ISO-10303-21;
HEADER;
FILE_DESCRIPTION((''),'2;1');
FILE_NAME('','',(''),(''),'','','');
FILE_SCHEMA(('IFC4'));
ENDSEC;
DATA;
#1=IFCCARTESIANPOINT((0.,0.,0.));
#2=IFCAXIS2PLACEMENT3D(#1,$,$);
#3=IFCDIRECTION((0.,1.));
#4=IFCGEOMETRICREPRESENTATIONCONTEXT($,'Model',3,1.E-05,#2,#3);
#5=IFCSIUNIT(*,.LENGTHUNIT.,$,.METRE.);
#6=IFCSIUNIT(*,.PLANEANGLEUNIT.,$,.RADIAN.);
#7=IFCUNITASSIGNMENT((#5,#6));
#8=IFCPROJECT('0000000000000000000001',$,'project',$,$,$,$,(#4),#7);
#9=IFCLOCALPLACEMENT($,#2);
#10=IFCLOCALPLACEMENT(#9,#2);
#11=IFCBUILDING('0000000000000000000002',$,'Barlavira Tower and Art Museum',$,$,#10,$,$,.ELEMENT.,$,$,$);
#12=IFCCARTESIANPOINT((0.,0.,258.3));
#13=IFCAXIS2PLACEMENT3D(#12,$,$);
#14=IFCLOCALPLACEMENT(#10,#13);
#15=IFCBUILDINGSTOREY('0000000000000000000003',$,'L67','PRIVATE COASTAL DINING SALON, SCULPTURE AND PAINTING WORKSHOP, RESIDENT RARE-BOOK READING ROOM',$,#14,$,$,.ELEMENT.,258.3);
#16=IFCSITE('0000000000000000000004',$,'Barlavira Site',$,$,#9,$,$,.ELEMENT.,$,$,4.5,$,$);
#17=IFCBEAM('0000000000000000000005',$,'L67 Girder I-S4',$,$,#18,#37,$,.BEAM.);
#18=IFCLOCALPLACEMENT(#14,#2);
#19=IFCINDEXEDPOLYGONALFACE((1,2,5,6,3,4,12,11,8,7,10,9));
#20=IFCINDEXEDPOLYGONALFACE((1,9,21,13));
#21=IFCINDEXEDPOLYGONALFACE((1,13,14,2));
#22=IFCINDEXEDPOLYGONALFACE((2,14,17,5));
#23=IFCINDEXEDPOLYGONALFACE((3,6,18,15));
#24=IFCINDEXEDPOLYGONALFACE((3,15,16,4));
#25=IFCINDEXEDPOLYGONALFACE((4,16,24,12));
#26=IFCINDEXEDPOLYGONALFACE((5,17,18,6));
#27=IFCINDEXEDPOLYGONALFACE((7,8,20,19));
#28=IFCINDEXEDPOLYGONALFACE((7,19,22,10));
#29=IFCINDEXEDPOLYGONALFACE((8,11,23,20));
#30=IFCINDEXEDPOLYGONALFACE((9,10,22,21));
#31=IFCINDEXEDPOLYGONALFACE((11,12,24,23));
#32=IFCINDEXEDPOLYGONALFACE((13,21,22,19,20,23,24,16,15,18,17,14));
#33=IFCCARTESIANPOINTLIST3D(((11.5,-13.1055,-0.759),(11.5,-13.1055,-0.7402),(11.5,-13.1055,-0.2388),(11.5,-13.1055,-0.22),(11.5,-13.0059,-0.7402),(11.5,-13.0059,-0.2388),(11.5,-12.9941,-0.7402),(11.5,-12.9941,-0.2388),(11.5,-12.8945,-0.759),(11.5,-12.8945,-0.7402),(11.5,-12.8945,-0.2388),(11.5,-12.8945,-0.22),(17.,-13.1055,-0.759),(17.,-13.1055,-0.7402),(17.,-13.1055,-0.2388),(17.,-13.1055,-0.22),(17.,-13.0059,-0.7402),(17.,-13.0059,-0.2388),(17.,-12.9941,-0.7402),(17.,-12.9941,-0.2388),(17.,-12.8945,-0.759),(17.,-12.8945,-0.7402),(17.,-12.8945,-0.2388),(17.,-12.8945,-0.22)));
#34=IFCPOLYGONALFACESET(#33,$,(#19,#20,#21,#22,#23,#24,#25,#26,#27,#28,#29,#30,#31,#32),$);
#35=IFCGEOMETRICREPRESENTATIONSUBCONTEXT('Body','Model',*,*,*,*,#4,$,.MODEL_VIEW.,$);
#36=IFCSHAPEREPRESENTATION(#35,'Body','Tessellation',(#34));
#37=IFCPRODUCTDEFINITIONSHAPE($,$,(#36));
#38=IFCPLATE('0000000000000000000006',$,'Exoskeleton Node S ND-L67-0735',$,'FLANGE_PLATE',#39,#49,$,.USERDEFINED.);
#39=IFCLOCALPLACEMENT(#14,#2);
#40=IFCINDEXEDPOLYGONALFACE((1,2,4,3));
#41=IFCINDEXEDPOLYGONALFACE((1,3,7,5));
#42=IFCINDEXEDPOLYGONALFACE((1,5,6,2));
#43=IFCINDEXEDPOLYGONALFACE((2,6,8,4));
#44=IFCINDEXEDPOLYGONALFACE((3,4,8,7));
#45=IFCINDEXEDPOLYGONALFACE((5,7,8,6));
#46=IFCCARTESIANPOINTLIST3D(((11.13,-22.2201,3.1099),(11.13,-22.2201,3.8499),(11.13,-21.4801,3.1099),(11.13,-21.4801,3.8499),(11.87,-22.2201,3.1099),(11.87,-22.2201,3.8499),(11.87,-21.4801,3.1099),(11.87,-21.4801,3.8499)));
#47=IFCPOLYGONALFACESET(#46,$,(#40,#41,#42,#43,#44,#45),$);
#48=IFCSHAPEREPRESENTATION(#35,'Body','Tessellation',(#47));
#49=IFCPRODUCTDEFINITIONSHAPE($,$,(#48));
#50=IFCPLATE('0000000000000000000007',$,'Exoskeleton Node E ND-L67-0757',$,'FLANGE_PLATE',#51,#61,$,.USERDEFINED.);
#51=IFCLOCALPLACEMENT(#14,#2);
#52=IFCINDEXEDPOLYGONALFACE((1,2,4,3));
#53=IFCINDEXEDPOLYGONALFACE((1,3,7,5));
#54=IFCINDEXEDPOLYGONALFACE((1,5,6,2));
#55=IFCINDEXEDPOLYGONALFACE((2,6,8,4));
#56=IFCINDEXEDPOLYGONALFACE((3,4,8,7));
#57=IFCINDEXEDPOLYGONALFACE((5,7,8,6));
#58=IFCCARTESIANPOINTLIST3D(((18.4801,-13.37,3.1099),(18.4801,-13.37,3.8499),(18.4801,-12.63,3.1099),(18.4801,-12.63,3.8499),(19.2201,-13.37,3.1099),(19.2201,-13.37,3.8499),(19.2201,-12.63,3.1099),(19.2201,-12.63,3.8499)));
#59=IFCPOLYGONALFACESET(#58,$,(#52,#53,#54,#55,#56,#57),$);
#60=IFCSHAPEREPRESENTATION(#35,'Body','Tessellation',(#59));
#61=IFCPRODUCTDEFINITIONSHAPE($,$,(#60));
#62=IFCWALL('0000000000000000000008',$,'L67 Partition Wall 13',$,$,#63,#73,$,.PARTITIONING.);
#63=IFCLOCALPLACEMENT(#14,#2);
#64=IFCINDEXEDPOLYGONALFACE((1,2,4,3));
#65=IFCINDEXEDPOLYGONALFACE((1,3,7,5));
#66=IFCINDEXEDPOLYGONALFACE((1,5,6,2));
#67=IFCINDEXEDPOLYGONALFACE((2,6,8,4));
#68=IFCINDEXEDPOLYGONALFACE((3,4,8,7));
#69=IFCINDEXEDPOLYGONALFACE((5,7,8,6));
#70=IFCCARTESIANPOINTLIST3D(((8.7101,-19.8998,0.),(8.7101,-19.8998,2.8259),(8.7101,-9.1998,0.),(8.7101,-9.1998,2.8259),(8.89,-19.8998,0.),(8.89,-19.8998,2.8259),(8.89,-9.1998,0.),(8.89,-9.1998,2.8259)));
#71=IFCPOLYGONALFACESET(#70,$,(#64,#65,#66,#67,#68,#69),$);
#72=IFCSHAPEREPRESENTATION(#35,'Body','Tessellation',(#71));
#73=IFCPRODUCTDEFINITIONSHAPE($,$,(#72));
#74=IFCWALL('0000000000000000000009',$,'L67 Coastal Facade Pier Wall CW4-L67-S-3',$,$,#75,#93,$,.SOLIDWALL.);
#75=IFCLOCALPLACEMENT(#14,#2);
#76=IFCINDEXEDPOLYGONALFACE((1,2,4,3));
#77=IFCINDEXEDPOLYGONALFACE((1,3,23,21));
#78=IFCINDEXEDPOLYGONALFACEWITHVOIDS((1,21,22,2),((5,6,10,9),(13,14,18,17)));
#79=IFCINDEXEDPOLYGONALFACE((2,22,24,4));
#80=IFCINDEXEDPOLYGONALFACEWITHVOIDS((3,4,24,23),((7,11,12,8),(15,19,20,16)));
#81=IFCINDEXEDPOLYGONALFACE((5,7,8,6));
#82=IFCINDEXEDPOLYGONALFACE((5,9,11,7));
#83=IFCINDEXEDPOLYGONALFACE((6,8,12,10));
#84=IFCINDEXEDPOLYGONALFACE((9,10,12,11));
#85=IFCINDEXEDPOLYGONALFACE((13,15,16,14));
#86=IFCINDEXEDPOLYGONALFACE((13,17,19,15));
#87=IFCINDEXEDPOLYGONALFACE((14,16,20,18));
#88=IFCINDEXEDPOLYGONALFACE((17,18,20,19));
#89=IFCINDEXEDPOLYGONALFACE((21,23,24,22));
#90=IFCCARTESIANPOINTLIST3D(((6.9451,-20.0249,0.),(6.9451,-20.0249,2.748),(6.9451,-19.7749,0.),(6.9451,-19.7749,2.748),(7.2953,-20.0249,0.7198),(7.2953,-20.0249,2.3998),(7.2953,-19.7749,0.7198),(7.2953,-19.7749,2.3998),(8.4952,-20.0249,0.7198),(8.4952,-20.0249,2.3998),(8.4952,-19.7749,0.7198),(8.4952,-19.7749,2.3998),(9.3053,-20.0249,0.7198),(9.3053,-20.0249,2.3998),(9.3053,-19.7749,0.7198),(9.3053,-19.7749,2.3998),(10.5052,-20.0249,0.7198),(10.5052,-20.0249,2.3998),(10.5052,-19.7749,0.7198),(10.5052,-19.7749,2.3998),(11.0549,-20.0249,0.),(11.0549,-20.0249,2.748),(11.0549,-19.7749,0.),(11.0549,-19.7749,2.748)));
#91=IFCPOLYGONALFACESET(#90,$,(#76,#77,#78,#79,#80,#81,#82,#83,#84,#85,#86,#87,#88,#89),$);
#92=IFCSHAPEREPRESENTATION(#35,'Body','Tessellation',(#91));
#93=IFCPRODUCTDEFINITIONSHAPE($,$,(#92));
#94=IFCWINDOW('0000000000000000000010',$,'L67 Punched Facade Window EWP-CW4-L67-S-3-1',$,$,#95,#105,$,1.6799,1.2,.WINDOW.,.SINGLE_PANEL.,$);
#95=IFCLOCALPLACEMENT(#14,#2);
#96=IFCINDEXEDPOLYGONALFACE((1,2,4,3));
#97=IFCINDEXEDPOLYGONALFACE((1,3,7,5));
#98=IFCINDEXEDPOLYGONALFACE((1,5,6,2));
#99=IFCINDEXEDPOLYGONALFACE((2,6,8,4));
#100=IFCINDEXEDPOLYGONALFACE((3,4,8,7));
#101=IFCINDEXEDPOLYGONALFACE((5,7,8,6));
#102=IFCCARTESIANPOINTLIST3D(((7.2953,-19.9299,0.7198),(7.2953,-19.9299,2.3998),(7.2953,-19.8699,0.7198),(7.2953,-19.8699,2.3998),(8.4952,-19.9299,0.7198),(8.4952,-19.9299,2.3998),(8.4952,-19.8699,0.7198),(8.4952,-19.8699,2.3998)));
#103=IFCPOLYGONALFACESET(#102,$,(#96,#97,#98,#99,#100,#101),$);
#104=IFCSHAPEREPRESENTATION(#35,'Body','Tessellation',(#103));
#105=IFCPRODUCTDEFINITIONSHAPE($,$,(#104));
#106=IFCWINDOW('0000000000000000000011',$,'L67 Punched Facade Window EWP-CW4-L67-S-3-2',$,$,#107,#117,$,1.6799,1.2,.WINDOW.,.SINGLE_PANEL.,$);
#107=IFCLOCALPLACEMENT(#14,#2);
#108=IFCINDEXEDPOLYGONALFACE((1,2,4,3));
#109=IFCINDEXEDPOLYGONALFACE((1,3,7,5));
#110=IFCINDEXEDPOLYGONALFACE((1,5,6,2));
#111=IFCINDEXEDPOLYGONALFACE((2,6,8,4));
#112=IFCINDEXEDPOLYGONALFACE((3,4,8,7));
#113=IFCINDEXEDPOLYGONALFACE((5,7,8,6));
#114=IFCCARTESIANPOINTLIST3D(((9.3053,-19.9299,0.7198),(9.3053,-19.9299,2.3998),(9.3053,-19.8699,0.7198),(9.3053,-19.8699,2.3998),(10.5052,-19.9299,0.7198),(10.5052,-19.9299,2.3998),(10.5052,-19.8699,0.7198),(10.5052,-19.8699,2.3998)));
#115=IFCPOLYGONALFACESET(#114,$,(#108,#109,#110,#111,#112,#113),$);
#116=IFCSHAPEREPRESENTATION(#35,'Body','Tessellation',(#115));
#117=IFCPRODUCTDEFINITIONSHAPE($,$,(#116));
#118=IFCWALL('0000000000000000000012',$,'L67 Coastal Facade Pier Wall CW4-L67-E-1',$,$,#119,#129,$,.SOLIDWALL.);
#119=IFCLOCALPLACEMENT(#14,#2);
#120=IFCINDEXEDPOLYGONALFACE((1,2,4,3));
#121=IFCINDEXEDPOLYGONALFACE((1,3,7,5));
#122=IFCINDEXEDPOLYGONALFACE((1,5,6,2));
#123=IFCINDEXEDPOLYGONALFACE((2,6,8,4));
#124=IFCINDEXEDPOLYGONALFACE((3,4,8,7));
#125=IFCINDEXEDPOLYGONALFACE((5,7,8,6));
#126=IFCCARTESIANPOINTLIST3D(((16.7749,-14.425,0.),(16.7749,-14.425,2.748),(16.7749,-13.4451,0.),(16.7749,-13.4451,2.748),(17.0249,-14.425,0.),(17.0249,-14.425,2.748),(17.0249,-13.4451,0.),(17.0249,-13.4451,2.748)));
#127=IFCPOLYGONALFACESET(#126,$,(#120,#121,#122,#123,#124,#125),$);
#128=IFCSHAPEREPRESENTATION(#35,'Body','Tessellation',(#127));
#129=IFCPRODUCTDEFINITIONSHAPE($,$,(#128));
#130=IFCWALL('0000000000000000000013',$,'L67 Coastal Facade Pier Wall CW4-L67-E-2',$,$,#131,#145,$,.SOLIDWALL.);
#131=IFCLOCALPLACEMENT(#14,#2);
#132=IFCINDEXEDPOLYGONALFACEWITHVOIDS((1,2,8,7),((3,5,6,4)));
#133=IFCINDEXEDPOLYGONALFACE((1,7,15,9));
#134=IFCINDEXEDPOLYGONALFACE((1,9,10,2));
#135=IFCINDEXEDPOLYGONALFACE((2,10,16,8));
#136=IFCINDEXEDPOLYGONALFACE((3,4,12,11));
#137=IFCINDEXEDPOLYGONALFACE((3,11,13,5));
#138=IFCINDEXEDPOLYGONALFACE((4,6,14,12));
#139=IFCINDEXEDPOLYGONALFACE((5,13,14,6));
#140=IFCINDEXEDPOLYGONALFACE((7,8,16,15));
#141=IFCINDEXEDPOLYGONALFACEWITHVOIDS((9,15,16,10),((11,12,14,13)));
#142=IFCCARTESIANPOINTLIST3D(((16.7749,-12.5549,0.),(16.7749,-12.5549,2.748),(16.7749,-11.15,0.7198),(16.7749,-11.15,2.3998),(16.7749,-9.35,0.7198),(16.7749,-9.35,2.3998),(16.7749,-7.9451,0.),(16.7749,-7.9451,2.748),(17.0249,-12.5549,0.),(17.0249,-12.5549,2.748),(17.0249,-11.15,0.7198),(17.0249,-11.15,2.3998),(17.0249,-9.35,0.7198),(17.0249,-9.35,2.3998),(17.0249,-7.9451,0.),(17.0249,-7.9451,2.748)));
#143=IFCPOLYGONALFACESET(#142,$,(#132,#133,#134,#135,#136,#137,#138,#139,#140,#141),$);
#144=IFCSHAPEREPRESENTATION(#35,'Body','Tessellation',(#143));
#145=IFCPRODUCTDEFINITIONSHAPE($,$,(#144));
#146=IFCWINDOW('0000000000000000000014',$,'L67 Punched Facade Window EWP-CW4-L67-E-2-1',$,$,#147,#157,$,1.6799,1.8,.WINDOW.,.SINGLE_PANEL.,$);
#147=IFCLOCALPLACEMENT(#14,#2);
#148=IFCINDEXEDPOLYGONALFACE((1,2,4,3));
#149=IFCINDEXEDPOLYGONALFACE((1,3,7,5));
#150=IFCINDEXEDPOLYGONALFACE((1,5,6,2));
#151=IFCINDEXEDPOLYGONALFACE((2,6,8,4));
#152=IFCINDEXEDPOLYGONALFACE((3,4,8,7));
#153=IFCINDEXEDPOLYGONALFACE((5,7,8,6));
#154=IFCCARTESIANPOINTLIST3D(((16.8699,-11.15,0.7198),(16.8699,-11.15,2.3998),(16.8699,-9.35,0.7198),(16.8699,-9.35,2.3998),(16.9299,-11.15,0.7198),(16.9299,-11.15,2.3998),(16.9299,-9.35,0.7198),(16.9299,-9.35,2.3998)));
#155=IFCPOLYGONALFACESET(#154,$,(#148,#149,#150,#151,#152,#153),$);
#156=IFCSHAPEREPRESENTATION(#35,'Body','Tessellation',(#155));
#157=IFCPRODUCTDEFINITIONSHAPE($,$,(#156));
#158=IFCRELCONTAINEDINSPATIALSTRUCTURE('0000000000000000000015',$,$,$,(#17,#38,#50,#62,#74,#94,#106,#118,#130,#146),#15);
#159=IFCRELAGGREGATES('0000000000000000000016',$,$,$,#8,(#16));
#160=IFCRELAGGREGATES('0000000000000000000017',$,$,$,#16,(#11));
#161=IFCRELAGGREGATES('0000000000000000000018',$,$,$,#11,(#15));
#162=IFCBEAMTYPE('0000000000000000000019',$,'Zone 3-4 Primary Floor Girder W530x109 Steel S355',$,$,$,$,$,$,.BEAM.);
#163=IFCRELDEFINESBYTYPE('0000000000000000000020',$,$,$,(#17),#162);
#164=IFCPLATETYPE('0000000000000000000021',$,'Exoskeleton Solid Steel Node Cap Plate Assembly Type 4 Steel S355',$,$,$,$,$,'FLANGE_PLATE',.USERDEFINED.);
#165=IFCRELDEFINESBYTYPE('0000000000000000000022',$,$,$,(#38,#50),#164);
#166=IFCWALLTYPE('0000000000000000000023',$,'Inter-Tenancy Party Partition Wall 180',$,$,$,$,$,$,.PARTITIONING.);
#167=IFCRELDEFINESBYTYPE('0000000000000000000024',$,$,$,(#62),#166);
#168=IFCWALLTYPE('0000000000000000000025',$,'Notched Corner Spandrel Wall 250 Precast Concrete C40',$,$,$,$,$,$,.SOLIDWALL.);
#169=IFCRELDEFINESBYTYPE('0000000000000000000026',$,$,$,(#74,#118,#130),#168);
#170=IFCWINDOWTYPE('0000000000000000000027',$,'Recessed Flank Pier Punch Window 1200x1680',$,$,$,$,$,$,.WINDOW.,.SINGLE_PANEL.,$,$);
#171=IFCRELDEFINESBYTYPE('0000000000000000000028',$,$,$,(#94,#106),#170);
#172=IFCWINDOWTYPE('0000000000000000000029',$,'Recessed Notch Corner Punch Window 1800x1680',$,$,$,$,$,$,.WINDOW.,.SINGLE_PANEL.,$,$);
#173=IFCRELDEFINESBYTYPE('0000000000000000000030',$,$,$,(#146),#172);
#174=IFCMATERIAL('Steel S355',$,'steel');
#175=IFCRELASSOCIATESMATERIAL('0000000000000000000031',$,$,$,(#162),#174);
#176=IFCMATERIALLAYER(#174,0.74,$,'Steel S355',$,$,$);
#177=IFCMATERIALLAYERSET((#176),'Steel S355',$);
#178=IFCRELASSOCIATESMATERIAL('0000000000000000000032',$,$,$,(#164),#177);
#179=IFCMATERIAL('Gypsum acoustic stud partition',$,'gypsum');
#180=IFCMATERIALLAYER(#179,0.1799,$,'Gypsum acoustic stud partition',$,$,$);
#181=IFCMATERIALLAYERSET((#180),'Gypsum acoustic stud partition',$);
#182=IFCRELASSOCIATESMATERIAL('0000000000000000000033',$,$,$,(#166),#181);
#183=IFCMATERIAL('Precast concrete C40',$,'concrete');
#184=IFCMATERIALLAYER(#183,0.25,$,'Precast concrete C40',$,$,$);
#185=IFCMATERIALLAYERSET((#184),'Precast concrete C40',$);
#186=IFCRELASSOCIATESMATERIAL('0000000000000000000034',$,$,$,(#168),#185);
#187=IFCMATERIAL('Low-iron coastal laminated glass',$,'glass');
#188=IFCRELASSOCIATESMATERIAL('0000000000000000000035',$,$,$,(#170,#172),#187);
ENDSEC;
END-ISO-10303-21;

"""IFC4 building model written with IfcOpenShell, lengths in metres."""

from ifc_helpers import new_model, si_unit, direction, frame, frame_2d, origin, origin_2d, place, context, subcontext, project, spatial, rectangle, i_section, extrude, material, layer, layer_set, material_profile, profile_set, type_object, element, fill, save


model = new_model("IFC4")

# Units and contexts
model_context = context("Model", 3, precision=1e-05, world=origin(), true_north=direction((0.0, 1.0)))
body_context = subcontext(model_context, "Body", "Model", "MODEL_VIEW")
ifc_project = project(units=[si_unit("LENGTHUNIT", "METRE"), si_unit("PLANEANGLEUNIT", "RADIAN")], contexts=[model_context])

# Site, building, storey
site_placement = place(None, origin())
site = spatial("IfcSite", under=ifc_project, at=site_placement, Name="Barlavira Site", CompositionType="ELEMENT", RefElevation=4.5)
building_placement = place(site_placement, origin())
building = spatial("IfcBuilding", under=site, at=building_placement, Name="Barlavira Tower and Art Museum", CompositionType="ELEMENT")
storey_placement = place(building_placement, frame((0.0, 0.0, 258.3)))
storey = spatial("IfcBuildingStorey", under=building, at=storey_placement, Name="L67", Description="PRIVATE COASTAL DINING SALON, SCULPTURE AND PAINTING WORKSHOP, RESIDENT RARE-BOOK READING ROOM", CompositionType="ELEMENT", Elevation=258.3)

# Shared definitions
ifc_material_1 = material(Name="Steel S355", Category="steel")

# Beam
ifc_material_profile_1 = material_profile(ifc_material_1, i_section(OverallWidth=0.2109, OverallDepth=0.5391, WebThickness=0.0117, FlangeThickness=0.0188, at=origin_2d()), Name="W530x109.0")
ifc_profile_set_1 = profile_set([ifc_material_profile_1], Name="Steel S355")
beam_type_1 = type_object("IfcBeamType", Name="Zone 3-4 Primary Floor Girder W530x109 Steel S355", PredefinedType="BEAM", material=ifc_profile_set_1)
beam_1_placement = place(storey_placement, frame((11.5, -13.0, -0.4895), z_axis=(1.0, 0.0, 0.0), x_axis=(0.0, 1.0, 0.0)))
element("IfcBeam", 1, at=beam_1_placement, inside=storey, type_object=beam_type_1, Name="L67 Girder I-S4", PredefinedType="BEAM", context=body_context, shape_type="SweptSolid", body=[
    extrude(i_section(OverallWidth=0.2109, OverallDepth=0.5391, WebThickness=0.0117, FlangeThickness=0.0188, at=origin_2d()), origin(), (0.0, 0.0, 1.0), 5.5),
])

# Plates
ifc_layer_1 = layer(ifc_material_1, 0.74, Name="Steel S355")
ifc_layer_set_1 = layer_set([ifc_layer_1], Name="Steel S355")
plate_type = type_object("IfcPlateType", Name="Exoskeleton Solid Steel Node Cap Plate Assembly Type 4 Steel S355", ElementType="FLANGE_PLATE", PredefinedType="USERDEFINED", material=ifc_layer_set_1)
for number, where, z_axis, x_axis, name in (
    (2, (11.5, -21.8501, 3.1099), (0.0, 0.0, 1.0), (1.0, 0.0, 0.0), "Exoskeleton Node S ND-L67-0735"),
    (3, (18.8501, -13.0, 3.1099), (0.0, 0.0, 1.0), (1.0, 0.0, 0.0), "Exoskeleton Node E ND-L67-0757"),
):
    element("IfcPlate", number, at=place(storey_placement, frame(where, z_axis=z_axis, x_axis=x_axis)), inside=storey, type_object=plate_type, Name=name, ObjectType="FLANGE_PLATE", PredefinedType="USERDEFINED", context=body_context, shape_type="SweptSolid", body=[
        extrude(rectangle(XDim=0.74, YDim=0.74, at=origin_2d()), origin(), (0.0, 0.0, 1.0), 0.74),
    ])

# Wall
ifc_material_2 = material(Name="Gypsum acoustic stud partition", Category="gypsum")
ifc_layer_2 = layer(ifc_material_2, 0.1799, Name="Gypsum acoustic stud partition")
ifc_layer_set_2 = layer_set([ifc_layer_2], Name="Gypsum acoustic stud partition")
wall_type_1 = type_object("IfcWallType", Name="Inter-Tenancy Party Partition Wall 180", PredefinedType="PARTITIONING", material=ifc_layer_set_2)
wall_1_placement = place(storey_placement, frame((8.8, -19.8999, 0.0), z_axis=(0.0, 0.0, 1.0), x_axis=(0.0, 1.0, 0.0)))
element("IfcWall", 4, at=wall_1_placement, inside=storey, type_object=wall_type_1, Name="L67 Partition Wall 13", PredefinedType="PARTITIONING", context=body_context, shape_type="SweptSolid", body=[
    extrude(rectangle(XDim=10.7, YDim=0.1799, at=frame_2d((5.3501, 0.0))), origin(), (0.0, 0.0, 1.0), 2.8259),
])

# Wall, openings, windows
ifc_material_3 = material(Name="Precast concrete C40", Category="concrete")
ifc_layer_3 = layer(ifc_material_3, 0.25, Name="Precast concrete C40")
ifc_layer_set_3 = layer_set([ifc_layer_3], Name="Precast concrete C40")
wall_type_2 = type_object("IfcWallType", Name="Notched Corner Spandrel Wall 250 Precast Concrete C40", PredefinedType="SOLIDWALL", material=ifc_layer_set_3)
wall_2_placement = place(storey_placement, frame((6.9451, -19.8999, 0.0), z_axis=(0.0, 0.0, 1.0), x_axis=(1.0, 0.0, 0.0)))
wall_2 = element("IfcWall", 5, at=wall_2_placement, inside=storey, type_object=wall_type_2, Name="L67 Coastal Facade Pier Wall CW4-L67-S-3", PredefinedType="SOLIDWALL", context=body_context, shape_type="SweptSolid", body=[
    extrude(rectangle(XDim=4.1099, YDim=0.25, at=frame_2d((2.0549, 0.0))), origin(), (0.0, 0.0, 1.0), 2.748),
])
opening_1_placement = place(wall_2_placement, frame((0.3501, 0.0, 0.72)))
opening_1 = element("IfcOpeningElement", 6, at=opening_1_placement, cuts=wall_2, PredefinedType="OPENING", context=body_context, shape_type="SweptSolid", body=[
    extrude(rectangle(XDim=1.2, YDim=1.6799, at=frame_2d((0.6001, 0.8398))), frame((0.0, 0.135, 0.0), z_axis=(0.0, -1.0, 0.0), x_axis=(1.0, 0.0, 0.0)), (0.0, 0.0, 1.0), 0.27),
])
opening_2_placement = place(wall_2_placement, frame((2.3601, 0.0, 0.72)))
opening_2 = element("IfcOpeningElement", 7, at=opening_2_placement, cuts=wall_2, PredefinedType="OPENING", context=body_context, shape_type="SweptSolid", body=[
    extrude(rectangle(XDim=1.2, YDim=1.6799, at=frame_2d((0.6001, 0.8398))), frame((0.0, 0.135, 0.0), z_axis=(0.0, -1.0, 0.0), x_axis=(1.0, 0.0, 0.0)), (0.0, 0.0, 1.0), 0.27),
])
ifc_material_4 = material(Name="Low-iron coastal laminated glass", Category="glass")
window_type_1 = type_object("IfcWindowType", Name="Recessed Flank Pier Punch Window 1200x1680", PartitioningType="SINGLE_PANEL", PredefinedType="WINDOW", material=ifc_material_4)
window_1_placement = place(opening_1_placement, origin())
window_1 = element("IfcWindow", 8, at=window_1_placement, inside=storey, type_object=window_type_1, Name="L67 Punched Facade Window EWP-CW4-L67-S-3-1", OverallHeight=1.6799, OverallWidth=1.2, PartitioningType="SINGLE_PANEL", PredefinedType="WINDOW", context=body_context, shape_type="SweptSolid", body=[
    extrude(rectangle(XDim=1.2, YDim=1.6799, at=frame_2d((0.6001, 0.8398))), frame((0.0, 0.03, 0.0), z_axis=(0.0, -1.0, 0.0), x_axis=(1.0, 0.0, 0.0)), (0.0, 0.0, 1.0), 0.0601),
])
fill(opening_1, window_1)
window_2_placement = place(opening_2_placement, origin())
window_2 = element("IfcWindow", 9, at=window_2_placement, inside=storey, type_object=window_type_1, Name="L67 Punched Facade Window EWP-CW4-L67-S-3-2", OverallHeight=1.6799, OverallWidth=1.2, PartitioningType="SINGLE_PANEL", PredefinedType="WINDOW", context=body_context, shape_type="SweptSolid", body=[
    extrude(rectangle(XDim=1.2, YDim=1.6799, at=frame_2d((0.6001, 0.8398))), frame((0.0, 0.03, 0.0), z_axis=(0.0, -1.0, 0.0), x_axis=(1.0, 0.0, 0.0)), (0.0, 0.0, 1.0), 0.0601),
])
fill(opening_2, window_2)

# Wall
wall_3_placement = place(storey_placement, frame((16.8999, -14.425, 0.0), z_axis=(0.0, 0.0, 1.0), x_axis=(0.0, 1.0, 0.0)))
element("IfcWall", 10, at=wall_3_placement, inside=storey, type_object=wall_type_2, Name="L67 Coastal Facade Pier Wall CW4-L67-E-1", PredefinedType="SOLIDWALL", context=body_context, shape_type="SweptSolid", body=[
    extrude(rectangle(XDim=0.98, YDim=0.25, at=frame_2d((0.49, 0.0))), origin(), (0.0, 0.0, 1.0), 2.748),
])

# Wall, opening, window
wall_4_placement = place(storey_placement, frame((16.8999, -12.5549, 0.0), z_axis=(0.0, 0.0, 1.0), x_axis=(0.0, 1.0, 0.0)))
wall_4 = element("IfcWall", 11, at=wall_4_placement, inside=storey, type_object=wall_type_2, Name="L67 Coastal Facade Pier Wall CW4-L67-E-2", PredefinedType="SOLIDWALL", context=body_context, shape_type="SweptSolid", body=[
    extrude(rectangle(XDim=4.6099, YDim=0.25, at=frame_2d((2.3049, 0.0))), origin(), (0.0, 0.0, 1.0), 2.748),
])
opening_3_placement = place(wall_4_placement, frame((1.405, 0.0, 0.72)))
opening_3 = element("IfcOpeningElement", 12, at=opening_3_placement, cuts=wall_4, PredefinedType="OPENING", context=body_context, shape_type="SweptSolid", body=[
    extrude(rectangle(XDim=1.8, YDim=1.6799, at=frame_2d((0.8999, 0.8398))), frame((0.0, 0.135, 0.0), z_axis=(0.0, -1.0, 0.0), x_axis=(1.0, 0.0, 0.0)), (0.0, 0.0, 1.0), 0.27),
])
window_type_2 = type_object("IfcWindowType", Name="Recessed Notch Corner Punch Window 1800x1680", PartitioningType="SINGLE_PANEL", PredefinedType="WINDOW", material=ifc_material_4)
window_3_placement = place(opening_3_placement, origin())
window_3 = element("IfcWindow", 13, at=window_3_placement, inside=storey, type_object=window_type_2, Name="L67 Punched Facade Window EWP-CW4-L67-E-2-1", OverallHeight=1.6799, OverallWidth=1.8, PartitioningType="SINGLE_PANEL", PredefinedType="WINDOW", context=body_context, shape_type="SweptSolid", body=[
    extrude(rectangle(XDim=1.8, YDim=1.6799, at=frame_2d((0.8999, 0.8398))), frame((0.0, 0.03, 0.0), z_axis=(0.0, -1.0, 0.0), x_axis=(1.0, 0.0, 0.0)), (0.0, 0.0, 1.0), 0.0601),
])
fill(opening_3, window_3)

save(model, "model.ifc")
